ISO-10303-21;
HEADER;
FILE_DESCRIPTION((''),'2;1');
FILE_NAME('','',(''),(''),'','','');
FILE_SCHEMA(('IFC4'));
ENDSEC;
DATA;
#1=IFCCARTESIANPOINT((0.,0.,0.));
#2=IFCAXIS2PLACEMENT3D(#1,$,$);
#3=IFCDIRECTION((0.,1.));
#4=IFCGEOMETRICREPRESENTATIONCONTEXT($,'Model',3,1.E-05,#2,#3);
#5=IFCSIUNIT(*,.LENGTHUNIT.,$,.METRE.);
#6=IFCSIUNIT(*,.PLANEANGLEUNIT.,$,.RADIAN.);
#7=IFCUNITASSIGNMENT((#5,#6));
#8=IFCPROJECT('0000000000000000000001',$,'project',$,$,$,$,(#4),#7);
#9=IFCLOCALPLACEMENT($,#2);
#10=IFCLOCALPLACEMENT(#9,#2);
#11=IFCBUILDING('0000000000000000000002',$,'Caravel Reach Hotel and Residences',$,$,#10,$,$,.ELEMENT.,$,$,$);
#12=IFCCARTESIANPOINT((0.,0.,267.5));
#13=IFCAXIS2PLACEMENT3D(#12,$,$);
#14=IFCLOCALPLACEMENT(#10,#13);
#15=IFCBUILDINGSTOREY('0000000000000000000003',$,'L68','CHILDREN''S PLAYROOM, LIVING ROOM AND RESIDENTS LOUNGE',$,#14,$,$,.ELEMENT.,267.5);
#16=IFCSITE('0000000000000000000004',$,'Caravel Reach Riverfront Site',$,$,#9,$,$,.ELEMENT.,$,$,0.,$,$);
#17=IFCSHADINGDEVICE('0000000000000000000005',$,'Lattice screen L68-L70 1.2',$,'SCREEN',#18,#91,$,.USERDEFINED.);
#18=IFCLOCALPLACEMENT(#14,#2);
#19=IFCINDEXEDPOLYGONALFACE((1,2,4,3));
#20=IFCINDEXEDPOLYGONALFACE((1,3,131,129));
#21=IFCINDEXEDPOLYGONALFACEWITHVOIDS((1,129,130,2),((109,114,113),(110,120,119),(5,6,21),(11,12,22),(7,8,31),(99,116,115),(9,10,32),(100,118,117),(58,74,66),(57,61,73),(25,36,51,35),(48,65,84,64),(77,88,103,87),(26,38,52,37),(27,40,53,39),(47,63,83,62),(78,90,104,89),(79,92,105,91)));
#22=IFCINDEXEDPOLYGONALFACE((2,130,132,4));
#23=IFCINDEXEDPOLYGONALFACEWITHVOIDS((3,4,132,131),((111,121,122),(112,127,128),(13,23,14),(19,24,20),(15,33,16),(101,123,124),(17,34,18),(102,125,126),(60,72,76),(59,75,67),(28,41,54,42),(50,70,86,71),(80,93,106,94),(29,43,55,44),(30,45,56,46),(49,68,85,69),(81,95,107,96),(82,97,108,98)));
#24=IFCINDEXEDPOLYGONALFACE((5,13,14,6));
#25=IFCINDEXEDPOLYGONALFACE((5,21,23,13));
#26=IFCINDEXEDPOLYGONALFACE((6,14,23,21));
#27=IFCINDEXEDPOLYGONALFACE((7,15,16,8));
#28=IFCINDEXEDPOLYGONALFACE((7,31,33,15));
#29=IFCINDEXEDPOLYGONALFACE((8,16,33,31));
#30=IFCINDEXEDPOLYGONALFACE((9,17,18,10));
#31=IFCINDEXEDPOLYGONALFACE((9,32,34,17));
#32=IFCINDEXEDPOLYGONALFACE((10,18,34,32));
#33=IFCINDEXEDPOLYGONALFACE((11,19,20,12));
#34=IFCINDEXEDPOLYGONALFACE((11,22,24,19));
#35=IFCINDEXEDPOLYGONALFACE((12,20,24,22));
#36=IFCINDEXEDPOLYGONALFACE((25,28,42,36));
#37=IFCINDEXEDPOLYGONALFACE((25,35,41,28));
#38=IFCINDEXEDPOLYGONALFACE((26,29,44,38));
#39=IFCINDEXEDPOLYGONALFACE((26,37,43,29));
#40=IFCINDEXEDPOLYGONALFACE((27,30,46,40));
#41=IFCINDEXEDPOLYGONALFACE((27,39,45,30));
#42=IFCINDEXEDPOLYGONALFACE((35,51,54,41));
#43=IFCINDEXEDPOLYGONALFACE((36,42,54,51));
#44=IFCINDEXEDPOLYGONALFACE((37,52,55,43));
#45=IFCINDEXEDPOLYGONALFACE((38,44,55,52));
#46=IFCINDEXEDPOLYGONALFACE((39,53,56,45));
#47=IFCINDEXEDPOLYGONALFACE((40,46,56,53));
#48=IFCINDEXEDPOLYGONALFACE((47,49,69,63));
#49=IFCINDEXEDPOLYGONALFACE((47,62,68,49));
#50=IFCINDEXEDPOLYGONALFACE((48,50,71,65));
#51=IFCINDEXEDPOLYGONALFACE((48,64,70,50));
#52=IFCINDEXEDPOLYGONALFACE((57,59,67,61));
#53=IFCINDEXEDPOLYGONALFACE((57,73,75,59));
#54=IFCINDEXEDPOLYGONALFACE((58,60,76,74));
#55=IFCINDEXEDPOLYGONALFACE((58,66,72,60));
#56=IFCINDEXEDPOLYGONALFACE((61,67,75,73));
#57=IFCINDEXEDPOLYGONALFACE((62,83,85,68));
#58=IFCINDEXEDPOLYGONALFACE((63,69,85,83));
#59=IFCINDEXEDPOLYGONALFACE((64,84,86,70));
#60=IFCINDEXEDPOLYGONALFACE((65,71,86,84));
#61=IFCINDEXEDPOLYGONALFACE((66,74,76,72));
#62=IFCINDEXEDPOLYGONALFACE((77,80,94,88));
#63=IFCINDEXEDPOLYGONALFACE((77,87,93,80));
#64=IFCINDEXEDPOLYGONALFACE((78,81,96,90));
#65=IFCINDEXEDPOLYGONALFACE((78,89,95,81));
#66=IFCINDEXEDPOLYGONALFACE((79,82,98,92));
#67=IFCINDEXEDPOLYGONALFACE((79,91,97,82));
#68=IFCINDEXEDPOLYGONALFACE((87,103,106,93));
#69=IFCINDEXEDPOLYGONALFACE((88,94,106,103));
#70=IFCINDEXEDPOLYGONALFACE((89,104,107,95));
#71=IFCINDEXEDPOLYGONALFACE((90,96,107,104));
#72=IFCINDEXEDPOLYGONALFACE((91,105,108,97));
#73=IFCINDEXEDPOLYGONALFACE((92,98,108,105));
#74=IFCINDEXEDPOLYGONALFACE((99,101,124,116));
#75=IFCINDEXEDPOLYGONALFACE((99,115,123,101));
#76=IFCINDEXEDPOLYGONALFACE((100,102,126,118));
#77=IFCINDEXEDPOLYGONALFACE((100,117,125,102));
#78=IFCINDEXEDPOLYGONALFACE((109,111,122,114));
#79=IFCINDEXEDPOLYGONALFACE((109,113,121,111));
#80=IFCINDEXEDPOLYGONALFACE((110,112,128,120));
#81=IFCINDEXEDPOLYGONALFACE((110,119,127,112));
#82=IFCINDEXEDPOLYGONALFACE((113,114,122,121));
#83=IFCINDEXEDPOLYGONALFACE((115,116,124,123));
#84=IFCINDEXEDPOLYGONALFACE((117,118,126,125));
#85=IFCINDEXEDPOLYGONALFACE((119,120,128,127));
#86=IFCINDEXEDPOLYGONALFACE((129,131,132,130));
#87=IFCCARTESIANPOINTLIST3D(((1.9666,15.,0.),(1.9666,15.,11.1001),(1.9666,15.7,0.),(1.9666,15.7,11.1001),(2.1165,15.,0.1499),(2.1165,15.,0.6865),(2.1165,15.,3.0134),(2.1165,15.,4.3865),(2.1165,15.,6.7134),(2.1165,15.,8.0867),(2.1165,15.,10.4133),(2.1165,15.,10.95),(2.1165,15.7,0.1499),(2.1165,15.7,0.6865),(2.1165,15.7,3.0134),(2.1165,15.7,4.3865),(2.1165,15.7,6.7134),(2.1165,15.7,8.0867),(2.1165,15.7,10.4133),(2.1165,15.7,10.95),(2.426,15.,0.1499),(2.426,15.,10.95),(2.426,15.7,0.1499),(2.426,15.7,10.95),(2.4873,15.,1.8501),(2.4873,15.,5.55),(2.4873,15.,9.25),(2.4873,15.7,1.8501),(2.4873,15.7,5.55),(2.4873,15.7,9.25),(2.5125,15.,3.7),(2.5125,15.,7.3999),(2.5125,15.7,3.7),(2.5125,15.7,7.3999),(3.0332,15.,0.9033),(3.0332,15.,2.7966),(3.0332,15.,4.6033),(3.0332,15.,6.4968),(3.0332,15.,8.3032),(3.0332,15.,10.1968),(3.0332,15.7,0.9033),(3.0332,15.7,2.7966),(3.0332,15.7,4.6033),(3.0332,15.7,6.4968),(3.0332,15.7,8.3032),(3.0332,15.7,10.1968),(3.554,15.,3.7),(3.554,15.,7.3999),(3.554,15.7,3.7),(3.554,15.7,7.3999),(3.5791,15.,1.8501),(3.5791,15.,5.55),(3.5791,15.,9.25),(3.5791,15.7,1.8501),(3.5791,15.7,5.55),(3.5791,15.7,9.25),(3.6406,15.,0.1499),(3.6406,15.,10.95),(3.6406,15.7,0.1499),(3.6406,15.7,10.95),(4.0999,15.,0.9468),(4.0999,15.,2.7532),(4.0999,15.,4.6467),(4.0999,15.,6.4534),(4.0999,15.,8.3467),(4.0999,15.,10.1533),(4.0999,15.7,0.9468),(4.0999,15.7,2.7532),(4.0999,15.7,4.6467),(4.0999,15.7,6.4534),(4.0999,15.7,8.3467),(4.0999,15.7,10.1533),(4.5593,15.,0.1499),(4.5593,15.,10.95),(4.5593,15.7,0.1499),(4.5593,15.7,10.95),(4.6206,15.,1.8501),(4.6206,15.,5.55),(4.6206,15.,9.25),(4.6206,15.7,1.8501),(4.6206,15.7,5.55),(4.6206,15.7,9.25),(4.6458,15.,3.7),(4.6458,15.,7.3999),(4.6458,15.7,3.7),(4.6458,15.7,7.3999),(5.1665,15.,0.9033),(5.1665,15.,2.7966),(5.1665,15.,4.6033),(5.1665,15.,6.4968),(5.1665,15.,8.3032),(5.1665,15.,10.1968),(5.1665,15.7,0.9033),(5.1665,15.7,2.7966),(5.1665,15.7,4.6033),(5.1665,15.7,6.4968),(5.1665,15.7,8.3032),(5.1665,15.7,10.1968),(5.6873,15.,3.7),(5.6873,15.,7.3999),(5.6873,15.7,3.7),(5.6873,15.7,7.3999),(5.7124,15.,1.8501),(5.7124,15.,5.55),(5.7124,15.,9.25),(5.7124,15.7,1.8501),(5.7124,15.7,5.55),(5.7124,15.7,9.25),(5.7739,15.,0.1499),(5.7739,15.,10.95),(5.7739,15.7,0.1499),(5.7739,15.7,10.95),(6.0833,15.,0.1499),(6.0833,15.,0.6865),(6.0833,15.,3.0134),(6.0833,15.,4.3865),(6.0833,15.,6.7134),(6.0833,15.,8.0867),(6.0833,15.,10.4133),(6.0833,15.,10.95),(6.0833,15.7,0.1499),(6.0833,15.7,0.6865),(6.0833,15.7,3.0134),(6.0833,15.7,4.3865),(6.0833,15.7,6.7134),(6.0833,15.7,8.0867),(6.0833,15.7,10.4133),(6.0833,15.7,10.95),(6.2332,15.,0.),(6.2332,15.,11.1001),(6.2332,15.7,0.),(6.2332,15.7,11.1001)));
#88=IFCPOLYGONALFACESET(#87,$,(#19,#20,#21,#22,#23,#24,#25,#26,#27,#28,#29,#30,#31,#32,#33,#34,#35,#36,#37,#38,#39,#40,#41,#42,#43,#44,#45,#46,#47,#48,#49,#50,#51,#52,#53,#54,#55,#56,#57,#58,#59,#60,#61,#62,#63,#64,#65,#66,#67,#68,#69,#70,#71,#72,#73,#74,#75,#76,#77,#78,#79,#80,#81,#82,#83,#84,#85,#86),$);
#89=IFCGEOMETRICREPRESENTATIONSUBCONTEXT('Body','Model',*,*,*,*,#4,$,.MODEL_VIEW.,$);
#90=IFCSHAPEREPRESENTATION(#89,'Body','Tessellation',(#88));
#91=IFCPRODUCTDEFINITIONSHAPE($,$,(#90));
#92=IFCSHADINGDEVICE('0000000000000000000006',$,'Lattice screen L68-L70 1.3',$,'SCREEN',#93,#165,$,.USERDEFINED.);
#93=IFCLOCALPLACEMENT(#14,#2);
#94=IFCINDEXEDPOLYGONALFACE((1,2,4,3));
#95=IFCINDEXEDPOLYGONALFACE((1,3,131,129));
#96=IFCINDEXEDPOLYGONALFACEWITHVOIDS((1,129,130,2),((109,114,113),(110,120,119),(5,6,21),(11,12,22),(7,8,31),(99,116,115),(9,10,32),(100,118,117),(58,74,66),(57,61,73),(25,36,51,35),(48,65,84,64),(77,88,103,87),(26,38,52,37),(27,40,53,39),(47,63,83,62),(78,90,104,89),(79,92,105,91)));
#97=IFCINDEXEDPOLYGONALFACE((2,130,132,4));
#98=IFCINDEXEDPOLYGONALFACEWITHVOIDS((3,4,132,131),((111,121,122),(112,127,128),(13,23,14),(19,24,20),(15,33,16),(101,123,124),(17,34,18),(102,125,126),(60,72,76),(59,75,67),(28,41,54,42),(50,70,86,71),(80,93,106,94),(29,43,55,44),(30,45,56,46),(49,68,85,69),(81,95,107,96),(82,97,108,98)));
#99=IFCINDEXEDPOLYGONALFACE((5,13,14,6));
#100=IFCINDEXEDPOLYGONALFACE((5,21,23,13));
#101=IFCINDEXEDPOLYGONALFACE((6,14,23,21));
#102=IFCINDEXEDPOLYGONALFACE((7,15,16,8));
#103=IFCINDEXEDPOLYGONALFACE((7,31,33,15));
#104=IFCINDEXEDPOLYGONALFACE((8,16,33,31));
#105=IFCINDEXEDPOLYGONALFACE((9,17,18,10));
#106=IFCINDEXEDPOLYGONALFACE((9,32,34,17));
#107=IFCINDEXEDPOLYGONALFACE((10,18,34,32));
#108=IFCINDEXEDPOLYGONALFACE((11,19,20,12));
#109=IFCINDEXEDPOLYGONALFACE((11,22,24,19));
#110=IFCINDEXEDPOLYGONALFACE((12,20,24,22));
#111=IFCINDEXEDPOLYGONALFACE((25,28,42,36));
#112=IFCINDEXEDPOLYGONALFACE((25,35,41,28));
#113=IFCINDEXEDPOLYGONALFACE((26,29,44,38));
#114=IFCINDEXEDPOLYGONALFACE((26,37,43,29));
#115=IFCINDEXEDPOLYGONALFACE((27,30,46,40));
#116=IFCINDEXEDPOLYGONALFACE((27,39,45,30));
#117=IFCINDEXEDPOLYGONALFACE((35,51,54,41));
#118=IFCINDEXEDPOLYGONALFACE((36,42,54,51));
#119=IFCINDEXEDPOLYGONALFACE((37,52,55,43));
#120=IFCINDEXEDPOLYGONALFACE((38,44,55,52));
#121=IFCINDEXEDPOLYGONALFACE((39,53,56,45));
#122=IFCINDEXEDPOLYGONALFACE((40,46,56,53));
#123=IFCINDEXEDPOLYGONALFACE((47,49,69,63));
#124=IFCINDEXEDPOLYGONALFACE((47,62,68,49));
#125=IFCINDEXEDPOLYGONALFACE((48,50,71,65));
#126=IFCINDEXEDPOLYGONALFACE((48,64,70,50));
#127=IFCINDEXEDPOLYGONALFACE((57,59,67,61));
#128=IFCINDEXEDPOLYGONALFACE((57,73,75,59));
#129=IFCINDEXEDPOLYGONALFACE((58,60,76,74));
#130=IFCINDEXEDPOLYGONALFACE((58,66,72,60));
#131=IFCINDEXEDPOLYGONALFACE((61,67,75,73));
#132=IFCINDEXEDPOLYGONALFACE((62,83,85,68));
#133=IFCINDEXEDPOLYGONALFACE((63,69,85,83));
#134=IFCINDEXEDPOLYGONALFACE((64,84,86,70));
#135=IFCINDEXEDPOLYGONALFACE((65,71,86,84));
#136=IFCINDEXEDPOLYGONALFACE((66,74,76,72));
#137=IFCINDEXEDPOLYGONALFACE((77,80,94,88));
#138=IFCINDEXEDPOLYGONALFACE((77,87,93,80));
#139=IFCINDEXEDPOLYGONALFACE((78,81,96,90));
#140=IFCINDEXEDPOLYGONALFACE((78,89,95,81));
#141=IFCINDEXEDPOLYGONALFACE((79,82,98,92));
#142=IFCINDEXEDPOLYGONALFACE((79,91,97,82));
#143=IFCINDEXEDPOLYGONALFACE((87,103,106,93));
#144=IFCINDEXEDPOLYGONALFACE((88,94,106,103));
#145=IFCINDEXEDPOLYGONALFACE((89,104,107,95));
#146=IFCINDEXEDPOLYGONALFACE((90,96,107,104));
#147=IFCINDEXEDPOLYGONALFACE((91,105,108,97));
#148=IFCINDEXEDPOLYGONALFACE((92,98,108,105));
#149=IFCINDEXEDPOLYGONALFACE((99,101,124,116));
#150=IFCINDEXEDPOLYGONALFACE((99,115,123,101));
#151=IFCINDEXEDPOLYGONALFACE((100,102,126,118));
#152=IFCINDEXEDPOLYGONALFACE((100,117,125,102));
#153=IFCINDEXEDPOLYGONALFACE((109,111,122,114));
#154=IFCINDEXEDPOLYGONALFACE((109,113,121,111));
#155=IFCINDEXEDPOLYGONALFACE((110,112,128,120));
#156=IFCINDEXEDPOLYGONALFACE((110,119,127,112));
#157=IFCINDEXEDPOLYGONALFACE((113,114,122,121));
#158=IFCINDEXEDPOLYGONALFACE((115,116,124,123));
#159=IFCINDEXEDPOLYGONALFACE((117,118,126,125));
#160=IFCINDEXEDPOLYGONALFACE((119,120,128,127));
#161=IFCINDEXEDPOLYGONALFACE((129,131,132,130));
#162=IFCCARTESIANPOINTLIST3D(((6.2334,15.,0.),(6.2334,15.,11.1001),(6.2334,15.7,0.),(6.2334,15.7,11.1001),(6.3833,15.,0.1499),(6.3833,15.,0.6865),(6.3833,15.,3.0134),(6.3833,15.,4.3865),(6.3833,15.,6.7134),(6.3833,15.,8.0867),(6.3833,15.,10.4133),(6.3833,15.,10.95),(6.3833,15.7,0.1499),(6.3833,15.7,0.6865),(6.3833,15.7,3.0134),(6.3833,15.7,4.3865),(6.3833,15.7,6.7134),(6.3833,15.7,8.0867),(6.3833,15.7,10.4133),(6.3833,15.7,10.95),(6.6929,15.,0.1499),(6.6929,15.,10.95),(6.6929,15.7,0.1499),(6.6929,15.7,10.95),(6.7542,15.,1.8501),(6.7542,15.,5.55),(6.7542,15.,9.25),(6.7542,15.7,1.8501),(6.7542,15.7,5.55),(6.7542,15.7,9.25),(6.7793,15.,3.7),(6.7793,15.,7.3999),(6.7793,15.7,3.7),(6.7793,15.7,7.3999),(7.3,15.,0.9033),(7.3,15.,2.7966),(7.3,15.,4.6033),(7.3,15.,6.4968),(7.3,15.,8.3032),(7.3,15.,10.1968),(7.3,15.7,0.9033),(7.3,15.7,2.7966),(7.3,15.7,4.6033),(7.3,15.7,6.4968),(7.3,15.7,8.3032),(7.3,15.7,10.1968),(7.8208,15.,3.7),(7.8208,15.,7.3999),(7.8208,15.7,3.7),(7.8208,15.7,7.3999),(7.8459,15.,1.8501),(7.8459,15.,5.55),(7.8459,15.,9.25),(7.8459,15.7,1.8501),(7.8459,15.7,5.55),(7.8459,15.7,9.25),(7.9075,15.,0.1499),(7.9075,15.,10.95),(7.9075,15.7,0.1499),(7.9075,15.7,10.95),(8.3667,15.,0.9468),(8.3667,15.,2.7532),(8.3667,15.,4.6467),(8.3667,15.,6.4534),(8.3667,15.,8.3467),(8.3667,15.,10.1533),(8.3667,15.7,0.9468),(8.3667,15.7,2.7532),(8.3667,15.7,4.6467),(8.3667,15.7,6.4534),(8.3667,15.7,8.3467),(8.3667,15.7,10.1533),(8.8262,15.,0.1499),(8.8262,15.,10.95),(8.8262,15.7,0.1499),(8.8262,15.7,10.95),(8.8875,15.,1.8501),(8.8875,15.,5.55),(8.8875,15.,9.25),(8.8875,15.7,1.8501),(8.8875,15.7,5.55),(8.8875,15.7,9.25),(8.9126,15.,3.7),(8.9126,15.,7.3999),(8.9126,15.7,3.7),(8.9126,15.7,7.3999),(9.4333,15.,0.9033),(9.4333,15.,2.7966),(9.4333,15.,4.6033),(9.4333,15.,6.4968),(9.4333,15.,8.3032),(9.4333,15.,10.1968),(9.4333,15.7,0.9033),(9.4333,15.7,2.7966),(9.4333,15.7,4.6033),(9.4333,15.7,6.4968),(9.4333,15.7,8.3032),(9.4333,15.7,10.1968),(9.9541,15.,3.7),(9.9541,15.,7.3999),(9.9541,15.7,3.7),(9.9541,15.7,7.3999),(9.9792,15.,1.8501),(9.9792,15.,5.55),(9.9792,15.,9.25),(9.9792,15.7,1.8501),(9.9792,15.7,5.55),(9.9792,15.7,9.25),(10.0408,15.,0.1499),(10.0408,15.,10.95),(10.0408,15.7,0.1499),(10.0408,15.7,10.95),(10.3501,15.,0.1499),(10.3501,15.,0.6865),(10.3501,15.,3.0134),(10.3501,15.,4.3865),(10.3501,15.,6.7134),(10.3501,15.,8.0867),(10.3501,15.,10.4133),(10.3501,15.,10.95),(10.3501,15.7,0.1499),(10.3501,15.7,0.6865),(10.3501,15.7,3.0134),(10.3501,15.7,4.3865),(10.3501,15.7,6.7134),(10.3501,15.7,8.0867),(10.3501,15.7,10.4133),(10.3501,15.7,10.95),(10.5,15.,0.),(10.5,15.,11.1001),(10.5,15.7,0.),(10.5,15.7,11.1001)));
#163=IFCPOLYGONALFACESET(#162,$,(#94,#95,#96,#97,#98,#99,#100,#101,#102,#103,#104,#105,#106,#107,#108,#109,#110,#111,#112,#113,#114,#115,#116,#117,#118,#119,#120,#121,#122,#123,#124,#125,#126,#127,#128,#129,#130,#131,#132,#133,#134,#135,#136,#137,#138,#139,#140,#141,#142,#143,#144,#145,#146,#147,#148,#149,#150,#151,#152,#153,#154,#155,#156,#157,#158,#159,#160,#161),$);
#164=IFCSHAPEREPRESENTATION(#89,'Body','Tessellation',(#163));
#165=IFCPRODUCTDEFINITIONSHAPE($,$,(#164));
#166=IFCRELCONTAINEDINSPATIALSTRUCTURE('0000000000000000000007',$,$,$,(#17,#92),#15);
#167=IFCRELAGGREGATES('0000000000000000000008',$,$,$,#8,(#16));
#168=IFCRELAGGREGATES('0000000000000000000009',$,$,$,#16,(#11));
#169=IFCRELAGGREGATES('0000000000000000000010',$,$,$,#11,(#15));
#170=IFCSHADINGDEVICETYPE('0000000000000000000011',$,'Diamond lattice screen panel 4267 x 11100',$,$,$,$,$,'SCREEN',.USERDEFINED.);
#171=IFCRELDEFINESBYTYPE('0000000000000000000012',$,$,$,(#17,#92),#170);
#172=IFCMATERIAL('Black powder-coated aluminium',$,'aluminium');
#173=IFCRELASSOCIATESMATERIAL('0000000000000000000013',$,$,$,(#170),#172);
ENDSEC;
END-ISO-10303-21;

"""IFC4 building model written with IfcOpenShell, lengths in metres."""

from ifc_helpers import new_model, si_unit, direction, frame, origin, place, context, subcontext, project, spatial, polyline, outline, extrude, material, type_object, element, save


model = new_model("IFC4")

# Units and contexts
model_context = context("Model", 3, precision=1e-05, world=origin(), true_north=direction((0.0, 1.0)))
body_context = subcontext(model_context, "Body", "Model", "MODEL_VIEW")
ifc_project = project(units=[si_unit("LENGTHUNIT", "METRE"), si_unit("PLANEANGLEUNIT", "RADIAN")], contexts=[model_context])

# Site, building, storey
site_placement = place(None, origin())
site = spatial("IfcSite", under=ifc_project, at=site_placement, Name="Caravel Reach Riverfront Site", CompositionType="ELEMENT", RefElevation=0.0)
building_placement = place(site_placement, origin())
building = spatial("IfcBuilding", under=site, at=building_placement, Name="Caravel Reach Hotel and Residences", CompositionType="ELEMENT")
storey_placement = place(building_placement, frame((0.0, 0.0, 267.5)))
storey = spatial("IfcBuildingStorey", under=building, at=storey_placement, Name="L68", Description="CHILDREN'S PLAYROOM, LIVING ROOM AND RESIDENTS LOUNGE", CompositionType="ELEMENT", Elevation=267.5)

# Shading devices
ifc_material_1 = material(Name="Black powder-coated aluminium", Category="aluminium")
shading_device_type_1 = type_object("IfcShadingDeviceType", Name="Diamond lattice screen panel 4267 x 11100", ElementType="SCREEN", PredefinedType="USERDEFINED", material=ifc_material_1)
shading_device_1_placement = place(storey_placement, frame((1.9666, 15.7, 0.0), z_axis=(0.0, -1.0, 0.0), x_axis=(1.0, 0.0, 0.0)))
element("IfcShadingDevice", 1, at=shading_device_1_placement, inside=storey, type_object=shading_device_type_1, Name="Lattice screen L68-L70 1.2", ObjectType="SCREEN", PredefinedType="USERDEFINED", context=body_context, shape_type="SweptSolid", body=[
    extrude(outline(polyline([(0.0, 0.0), (4.2666, 0.0), (4.2666, 11.1001), (0.0, 11.1001), (0.0, 0.0)]), holes=[polyline([(0.4595, 0.1499), (0.1499, 0.6865), (0.1499, 0.1499), (0.4595, 0.1499)]), polyline([(0.5459, 3.7), (0.1499, 4.3865), (0.1499, 3.0134), (0.5459, 3.7)]), polyline([(0.5459, 7.3999), (0.1499, 8.0867), (0.1499, 6.7134), (0.5459, 7.3999)]), polyline([(0.1499, 10.4133), (0.4595, 10.95), (0.1499, 10.95), (0.1499, 10.4133)]), polyline([(1.0667, 2.7966), (0.5208, 1.8501), (1.0667, 0.9033), (1.6125, 1.8501), (1.0667, 2.7966)]), polyline([(1.0667, 6.4968), (0.5208, 5.55), (1.0667, 4.6033), (1.6125, 5.55), (1.0667, 6.4968)]), polyline([(1.0667, 10.1968), (0.5208, 9.25), (1.0667, 8.3032), (1.6125, 9.25), (1.0667, 10.1968)]), polyline([(2.1333, 0.9468), (1.6741, 0.1499), (2.5928, 0.1499), (2.1333, 0.9468)]), polyline([(2.1333, 4.6467), (1.5874, 3.7), (2.1333, 2.7532), (2.6792, 3.7), (2.1333, 4.6467)]), polyline([(2.1333, 8.3467), (1.5874, 7.3999), (2.1333, 6.4534), (2.6792, 7.3999), (2.1333, 8.3467)]), polyline([(2.1333, 10.1533), (2.5928, 10.95), (1.6741, 10.95), (2.1333, 10.1533)]), polyline([(3.2, 2.7966), (2.6541, 1.8501), (3.2, 0.9033), (3.7458, 1.8501), (3.2, 2.7966)]), polyline([(3.2, 6.4968), (2.6541, 5.55), (3.2, 4.6033), (3.7458, 5.55), (3.2, 6.4968)]), polyline([(3.2, 10.1968), (2.6541, 9.25), (3.2, 8.3032), (3.7458, 9.25), (3.2, 10.1968)]), polyline([(4.1167, 0.6865), (3.8074, 0.1499), (4.1167, 0.1499), (4.1167, 0.6865)]), polyline([(3.7207, 3.7), (4.1167, 3.0134), (4.1167, 4.3865), (3.7207, 3.7)]), polyline([(3.7207, 7.3999), (4.1167, 6.7134), (4.1167, 8.0867), (3.7207, 7.3999)]), polyline([(3.8074, 10.95), (4.1167, 10.4133), (4.1167, 10.95), (3.8074, 10.95)])]), origin(), (0.0, 0.0, 1.0), 0.7),
])
shading_device_2_placement = place(storey_placement, frame((6.2334, 15.7, 0.0), z_axis=(0.0, -1.0, 0.0), x_axis=(1.0, 0.0, 0.0)))
element("IfcShadingDevice", 2, at=shading_device_2_placement, inside=storey, type_object=shading_device_type_1, Name="Lattice screen L68-L70 1.3", ObjectType="SCREEN", PredefinedType="USERDEFINED", context=body_context, shape_type="SweptSolid", body=[
    extrude(outline(polyline([(0.0, 0.0), (4.2666, 0.0), (4.2666, 11.1001), (0.0, 11.1001), (0.0, 0.0)]), holes=[polyline([(0.4595, 0.1499), (0.1499, 0.6865), (0.1499, 0.1499), (0.4595, 0.1499)]), polyline([(0.5459, 3.7), (0.1499, 4.3865), (0.1499, 3.0134), (0.5459, 3.7)]), polyline([(0.5459, 7.3999), (0.1499, 8.0867), (0.1499, 6.7134), (0.5459, 7.3999)]), polyline([(0.1499, 10.4133), (0.4595, 10.95), (0.1499, 10.95), (0.1499, 10.4133)]), polyline([(1.0667, 2.7966), (0.5208, 1.8501), (1.0667, 0.9033), (1.6125, 1.8501), (1.0667, 2.7966)]), polyline([(1.0667, 6.4968), (0.5208, 5.55), (1.0667, 4.6033), (1.6125, 5.55), (1.0667, 6.4968)]), polyline([(1.0667, 10.1968), (0.5208, 9.25), (1.0667, 8.3032), (1.6125, 9.25), (1.0667, 10.1968)]), polyline([(2.1333, 0.9468), (1.6741, 0.1499), (2.5928, 0.1499), (2.1333, 0.9468)]), polyline([(2.1333, 4.6467), (1.5874, 3.7), (2.1333, 2.7532), (2.6792, 3.7), (2.1333, 4.6467)]), polyline([(2.1333, 8.3467), (1.5874, 7.3999), (2.1333, 6.4534), (2.6792, 7.3999), (2.1333, 8.3467)]), polyline([(2.1333, 10.1533), (2.5928, 10.95), (1.6741, 10.95), (2.1333, 10.1533)]), polyline([(3.2, 2.7966), (2.6541, 1.8501), (3.2, 0.9033), (3.7458, 1.8501), (3.2, 2.7966)]), polyline([(3.2, 6.4968), (2.6541, 5.55), (3.2, 4.6033), (3.7458, 5.55), (3.2, 6.4968)]), polyline([(3.2, 10.1968), (2.6541, 9.25), (3.2, 8.3032), (3.7458, 9.25), (3.2, 10.1968)]), polyline([(4.1167, 0.6865), (3.8074, 0.1499), (4.1167, 0.1499), (4.1167, 0.6865)]), polyline([(3.7207, 3.7), (4.1167, 3.0134), (4.1167, 4.3865), (3.7207, 3.7)]), polyline([(3.7207, 7.3999), (4.1167, 6.7134), (4.1167, 8.0867), (3.7207, 7.3999)]), polyline([(3.8074, 10.95), (4.1167, 10.4133), (4.1167, 10.95), (3.8074, 10.95)])]), origin(), (0.0, 0.0, 1.0), 0.7),
])

save(model, "model.ifc")
